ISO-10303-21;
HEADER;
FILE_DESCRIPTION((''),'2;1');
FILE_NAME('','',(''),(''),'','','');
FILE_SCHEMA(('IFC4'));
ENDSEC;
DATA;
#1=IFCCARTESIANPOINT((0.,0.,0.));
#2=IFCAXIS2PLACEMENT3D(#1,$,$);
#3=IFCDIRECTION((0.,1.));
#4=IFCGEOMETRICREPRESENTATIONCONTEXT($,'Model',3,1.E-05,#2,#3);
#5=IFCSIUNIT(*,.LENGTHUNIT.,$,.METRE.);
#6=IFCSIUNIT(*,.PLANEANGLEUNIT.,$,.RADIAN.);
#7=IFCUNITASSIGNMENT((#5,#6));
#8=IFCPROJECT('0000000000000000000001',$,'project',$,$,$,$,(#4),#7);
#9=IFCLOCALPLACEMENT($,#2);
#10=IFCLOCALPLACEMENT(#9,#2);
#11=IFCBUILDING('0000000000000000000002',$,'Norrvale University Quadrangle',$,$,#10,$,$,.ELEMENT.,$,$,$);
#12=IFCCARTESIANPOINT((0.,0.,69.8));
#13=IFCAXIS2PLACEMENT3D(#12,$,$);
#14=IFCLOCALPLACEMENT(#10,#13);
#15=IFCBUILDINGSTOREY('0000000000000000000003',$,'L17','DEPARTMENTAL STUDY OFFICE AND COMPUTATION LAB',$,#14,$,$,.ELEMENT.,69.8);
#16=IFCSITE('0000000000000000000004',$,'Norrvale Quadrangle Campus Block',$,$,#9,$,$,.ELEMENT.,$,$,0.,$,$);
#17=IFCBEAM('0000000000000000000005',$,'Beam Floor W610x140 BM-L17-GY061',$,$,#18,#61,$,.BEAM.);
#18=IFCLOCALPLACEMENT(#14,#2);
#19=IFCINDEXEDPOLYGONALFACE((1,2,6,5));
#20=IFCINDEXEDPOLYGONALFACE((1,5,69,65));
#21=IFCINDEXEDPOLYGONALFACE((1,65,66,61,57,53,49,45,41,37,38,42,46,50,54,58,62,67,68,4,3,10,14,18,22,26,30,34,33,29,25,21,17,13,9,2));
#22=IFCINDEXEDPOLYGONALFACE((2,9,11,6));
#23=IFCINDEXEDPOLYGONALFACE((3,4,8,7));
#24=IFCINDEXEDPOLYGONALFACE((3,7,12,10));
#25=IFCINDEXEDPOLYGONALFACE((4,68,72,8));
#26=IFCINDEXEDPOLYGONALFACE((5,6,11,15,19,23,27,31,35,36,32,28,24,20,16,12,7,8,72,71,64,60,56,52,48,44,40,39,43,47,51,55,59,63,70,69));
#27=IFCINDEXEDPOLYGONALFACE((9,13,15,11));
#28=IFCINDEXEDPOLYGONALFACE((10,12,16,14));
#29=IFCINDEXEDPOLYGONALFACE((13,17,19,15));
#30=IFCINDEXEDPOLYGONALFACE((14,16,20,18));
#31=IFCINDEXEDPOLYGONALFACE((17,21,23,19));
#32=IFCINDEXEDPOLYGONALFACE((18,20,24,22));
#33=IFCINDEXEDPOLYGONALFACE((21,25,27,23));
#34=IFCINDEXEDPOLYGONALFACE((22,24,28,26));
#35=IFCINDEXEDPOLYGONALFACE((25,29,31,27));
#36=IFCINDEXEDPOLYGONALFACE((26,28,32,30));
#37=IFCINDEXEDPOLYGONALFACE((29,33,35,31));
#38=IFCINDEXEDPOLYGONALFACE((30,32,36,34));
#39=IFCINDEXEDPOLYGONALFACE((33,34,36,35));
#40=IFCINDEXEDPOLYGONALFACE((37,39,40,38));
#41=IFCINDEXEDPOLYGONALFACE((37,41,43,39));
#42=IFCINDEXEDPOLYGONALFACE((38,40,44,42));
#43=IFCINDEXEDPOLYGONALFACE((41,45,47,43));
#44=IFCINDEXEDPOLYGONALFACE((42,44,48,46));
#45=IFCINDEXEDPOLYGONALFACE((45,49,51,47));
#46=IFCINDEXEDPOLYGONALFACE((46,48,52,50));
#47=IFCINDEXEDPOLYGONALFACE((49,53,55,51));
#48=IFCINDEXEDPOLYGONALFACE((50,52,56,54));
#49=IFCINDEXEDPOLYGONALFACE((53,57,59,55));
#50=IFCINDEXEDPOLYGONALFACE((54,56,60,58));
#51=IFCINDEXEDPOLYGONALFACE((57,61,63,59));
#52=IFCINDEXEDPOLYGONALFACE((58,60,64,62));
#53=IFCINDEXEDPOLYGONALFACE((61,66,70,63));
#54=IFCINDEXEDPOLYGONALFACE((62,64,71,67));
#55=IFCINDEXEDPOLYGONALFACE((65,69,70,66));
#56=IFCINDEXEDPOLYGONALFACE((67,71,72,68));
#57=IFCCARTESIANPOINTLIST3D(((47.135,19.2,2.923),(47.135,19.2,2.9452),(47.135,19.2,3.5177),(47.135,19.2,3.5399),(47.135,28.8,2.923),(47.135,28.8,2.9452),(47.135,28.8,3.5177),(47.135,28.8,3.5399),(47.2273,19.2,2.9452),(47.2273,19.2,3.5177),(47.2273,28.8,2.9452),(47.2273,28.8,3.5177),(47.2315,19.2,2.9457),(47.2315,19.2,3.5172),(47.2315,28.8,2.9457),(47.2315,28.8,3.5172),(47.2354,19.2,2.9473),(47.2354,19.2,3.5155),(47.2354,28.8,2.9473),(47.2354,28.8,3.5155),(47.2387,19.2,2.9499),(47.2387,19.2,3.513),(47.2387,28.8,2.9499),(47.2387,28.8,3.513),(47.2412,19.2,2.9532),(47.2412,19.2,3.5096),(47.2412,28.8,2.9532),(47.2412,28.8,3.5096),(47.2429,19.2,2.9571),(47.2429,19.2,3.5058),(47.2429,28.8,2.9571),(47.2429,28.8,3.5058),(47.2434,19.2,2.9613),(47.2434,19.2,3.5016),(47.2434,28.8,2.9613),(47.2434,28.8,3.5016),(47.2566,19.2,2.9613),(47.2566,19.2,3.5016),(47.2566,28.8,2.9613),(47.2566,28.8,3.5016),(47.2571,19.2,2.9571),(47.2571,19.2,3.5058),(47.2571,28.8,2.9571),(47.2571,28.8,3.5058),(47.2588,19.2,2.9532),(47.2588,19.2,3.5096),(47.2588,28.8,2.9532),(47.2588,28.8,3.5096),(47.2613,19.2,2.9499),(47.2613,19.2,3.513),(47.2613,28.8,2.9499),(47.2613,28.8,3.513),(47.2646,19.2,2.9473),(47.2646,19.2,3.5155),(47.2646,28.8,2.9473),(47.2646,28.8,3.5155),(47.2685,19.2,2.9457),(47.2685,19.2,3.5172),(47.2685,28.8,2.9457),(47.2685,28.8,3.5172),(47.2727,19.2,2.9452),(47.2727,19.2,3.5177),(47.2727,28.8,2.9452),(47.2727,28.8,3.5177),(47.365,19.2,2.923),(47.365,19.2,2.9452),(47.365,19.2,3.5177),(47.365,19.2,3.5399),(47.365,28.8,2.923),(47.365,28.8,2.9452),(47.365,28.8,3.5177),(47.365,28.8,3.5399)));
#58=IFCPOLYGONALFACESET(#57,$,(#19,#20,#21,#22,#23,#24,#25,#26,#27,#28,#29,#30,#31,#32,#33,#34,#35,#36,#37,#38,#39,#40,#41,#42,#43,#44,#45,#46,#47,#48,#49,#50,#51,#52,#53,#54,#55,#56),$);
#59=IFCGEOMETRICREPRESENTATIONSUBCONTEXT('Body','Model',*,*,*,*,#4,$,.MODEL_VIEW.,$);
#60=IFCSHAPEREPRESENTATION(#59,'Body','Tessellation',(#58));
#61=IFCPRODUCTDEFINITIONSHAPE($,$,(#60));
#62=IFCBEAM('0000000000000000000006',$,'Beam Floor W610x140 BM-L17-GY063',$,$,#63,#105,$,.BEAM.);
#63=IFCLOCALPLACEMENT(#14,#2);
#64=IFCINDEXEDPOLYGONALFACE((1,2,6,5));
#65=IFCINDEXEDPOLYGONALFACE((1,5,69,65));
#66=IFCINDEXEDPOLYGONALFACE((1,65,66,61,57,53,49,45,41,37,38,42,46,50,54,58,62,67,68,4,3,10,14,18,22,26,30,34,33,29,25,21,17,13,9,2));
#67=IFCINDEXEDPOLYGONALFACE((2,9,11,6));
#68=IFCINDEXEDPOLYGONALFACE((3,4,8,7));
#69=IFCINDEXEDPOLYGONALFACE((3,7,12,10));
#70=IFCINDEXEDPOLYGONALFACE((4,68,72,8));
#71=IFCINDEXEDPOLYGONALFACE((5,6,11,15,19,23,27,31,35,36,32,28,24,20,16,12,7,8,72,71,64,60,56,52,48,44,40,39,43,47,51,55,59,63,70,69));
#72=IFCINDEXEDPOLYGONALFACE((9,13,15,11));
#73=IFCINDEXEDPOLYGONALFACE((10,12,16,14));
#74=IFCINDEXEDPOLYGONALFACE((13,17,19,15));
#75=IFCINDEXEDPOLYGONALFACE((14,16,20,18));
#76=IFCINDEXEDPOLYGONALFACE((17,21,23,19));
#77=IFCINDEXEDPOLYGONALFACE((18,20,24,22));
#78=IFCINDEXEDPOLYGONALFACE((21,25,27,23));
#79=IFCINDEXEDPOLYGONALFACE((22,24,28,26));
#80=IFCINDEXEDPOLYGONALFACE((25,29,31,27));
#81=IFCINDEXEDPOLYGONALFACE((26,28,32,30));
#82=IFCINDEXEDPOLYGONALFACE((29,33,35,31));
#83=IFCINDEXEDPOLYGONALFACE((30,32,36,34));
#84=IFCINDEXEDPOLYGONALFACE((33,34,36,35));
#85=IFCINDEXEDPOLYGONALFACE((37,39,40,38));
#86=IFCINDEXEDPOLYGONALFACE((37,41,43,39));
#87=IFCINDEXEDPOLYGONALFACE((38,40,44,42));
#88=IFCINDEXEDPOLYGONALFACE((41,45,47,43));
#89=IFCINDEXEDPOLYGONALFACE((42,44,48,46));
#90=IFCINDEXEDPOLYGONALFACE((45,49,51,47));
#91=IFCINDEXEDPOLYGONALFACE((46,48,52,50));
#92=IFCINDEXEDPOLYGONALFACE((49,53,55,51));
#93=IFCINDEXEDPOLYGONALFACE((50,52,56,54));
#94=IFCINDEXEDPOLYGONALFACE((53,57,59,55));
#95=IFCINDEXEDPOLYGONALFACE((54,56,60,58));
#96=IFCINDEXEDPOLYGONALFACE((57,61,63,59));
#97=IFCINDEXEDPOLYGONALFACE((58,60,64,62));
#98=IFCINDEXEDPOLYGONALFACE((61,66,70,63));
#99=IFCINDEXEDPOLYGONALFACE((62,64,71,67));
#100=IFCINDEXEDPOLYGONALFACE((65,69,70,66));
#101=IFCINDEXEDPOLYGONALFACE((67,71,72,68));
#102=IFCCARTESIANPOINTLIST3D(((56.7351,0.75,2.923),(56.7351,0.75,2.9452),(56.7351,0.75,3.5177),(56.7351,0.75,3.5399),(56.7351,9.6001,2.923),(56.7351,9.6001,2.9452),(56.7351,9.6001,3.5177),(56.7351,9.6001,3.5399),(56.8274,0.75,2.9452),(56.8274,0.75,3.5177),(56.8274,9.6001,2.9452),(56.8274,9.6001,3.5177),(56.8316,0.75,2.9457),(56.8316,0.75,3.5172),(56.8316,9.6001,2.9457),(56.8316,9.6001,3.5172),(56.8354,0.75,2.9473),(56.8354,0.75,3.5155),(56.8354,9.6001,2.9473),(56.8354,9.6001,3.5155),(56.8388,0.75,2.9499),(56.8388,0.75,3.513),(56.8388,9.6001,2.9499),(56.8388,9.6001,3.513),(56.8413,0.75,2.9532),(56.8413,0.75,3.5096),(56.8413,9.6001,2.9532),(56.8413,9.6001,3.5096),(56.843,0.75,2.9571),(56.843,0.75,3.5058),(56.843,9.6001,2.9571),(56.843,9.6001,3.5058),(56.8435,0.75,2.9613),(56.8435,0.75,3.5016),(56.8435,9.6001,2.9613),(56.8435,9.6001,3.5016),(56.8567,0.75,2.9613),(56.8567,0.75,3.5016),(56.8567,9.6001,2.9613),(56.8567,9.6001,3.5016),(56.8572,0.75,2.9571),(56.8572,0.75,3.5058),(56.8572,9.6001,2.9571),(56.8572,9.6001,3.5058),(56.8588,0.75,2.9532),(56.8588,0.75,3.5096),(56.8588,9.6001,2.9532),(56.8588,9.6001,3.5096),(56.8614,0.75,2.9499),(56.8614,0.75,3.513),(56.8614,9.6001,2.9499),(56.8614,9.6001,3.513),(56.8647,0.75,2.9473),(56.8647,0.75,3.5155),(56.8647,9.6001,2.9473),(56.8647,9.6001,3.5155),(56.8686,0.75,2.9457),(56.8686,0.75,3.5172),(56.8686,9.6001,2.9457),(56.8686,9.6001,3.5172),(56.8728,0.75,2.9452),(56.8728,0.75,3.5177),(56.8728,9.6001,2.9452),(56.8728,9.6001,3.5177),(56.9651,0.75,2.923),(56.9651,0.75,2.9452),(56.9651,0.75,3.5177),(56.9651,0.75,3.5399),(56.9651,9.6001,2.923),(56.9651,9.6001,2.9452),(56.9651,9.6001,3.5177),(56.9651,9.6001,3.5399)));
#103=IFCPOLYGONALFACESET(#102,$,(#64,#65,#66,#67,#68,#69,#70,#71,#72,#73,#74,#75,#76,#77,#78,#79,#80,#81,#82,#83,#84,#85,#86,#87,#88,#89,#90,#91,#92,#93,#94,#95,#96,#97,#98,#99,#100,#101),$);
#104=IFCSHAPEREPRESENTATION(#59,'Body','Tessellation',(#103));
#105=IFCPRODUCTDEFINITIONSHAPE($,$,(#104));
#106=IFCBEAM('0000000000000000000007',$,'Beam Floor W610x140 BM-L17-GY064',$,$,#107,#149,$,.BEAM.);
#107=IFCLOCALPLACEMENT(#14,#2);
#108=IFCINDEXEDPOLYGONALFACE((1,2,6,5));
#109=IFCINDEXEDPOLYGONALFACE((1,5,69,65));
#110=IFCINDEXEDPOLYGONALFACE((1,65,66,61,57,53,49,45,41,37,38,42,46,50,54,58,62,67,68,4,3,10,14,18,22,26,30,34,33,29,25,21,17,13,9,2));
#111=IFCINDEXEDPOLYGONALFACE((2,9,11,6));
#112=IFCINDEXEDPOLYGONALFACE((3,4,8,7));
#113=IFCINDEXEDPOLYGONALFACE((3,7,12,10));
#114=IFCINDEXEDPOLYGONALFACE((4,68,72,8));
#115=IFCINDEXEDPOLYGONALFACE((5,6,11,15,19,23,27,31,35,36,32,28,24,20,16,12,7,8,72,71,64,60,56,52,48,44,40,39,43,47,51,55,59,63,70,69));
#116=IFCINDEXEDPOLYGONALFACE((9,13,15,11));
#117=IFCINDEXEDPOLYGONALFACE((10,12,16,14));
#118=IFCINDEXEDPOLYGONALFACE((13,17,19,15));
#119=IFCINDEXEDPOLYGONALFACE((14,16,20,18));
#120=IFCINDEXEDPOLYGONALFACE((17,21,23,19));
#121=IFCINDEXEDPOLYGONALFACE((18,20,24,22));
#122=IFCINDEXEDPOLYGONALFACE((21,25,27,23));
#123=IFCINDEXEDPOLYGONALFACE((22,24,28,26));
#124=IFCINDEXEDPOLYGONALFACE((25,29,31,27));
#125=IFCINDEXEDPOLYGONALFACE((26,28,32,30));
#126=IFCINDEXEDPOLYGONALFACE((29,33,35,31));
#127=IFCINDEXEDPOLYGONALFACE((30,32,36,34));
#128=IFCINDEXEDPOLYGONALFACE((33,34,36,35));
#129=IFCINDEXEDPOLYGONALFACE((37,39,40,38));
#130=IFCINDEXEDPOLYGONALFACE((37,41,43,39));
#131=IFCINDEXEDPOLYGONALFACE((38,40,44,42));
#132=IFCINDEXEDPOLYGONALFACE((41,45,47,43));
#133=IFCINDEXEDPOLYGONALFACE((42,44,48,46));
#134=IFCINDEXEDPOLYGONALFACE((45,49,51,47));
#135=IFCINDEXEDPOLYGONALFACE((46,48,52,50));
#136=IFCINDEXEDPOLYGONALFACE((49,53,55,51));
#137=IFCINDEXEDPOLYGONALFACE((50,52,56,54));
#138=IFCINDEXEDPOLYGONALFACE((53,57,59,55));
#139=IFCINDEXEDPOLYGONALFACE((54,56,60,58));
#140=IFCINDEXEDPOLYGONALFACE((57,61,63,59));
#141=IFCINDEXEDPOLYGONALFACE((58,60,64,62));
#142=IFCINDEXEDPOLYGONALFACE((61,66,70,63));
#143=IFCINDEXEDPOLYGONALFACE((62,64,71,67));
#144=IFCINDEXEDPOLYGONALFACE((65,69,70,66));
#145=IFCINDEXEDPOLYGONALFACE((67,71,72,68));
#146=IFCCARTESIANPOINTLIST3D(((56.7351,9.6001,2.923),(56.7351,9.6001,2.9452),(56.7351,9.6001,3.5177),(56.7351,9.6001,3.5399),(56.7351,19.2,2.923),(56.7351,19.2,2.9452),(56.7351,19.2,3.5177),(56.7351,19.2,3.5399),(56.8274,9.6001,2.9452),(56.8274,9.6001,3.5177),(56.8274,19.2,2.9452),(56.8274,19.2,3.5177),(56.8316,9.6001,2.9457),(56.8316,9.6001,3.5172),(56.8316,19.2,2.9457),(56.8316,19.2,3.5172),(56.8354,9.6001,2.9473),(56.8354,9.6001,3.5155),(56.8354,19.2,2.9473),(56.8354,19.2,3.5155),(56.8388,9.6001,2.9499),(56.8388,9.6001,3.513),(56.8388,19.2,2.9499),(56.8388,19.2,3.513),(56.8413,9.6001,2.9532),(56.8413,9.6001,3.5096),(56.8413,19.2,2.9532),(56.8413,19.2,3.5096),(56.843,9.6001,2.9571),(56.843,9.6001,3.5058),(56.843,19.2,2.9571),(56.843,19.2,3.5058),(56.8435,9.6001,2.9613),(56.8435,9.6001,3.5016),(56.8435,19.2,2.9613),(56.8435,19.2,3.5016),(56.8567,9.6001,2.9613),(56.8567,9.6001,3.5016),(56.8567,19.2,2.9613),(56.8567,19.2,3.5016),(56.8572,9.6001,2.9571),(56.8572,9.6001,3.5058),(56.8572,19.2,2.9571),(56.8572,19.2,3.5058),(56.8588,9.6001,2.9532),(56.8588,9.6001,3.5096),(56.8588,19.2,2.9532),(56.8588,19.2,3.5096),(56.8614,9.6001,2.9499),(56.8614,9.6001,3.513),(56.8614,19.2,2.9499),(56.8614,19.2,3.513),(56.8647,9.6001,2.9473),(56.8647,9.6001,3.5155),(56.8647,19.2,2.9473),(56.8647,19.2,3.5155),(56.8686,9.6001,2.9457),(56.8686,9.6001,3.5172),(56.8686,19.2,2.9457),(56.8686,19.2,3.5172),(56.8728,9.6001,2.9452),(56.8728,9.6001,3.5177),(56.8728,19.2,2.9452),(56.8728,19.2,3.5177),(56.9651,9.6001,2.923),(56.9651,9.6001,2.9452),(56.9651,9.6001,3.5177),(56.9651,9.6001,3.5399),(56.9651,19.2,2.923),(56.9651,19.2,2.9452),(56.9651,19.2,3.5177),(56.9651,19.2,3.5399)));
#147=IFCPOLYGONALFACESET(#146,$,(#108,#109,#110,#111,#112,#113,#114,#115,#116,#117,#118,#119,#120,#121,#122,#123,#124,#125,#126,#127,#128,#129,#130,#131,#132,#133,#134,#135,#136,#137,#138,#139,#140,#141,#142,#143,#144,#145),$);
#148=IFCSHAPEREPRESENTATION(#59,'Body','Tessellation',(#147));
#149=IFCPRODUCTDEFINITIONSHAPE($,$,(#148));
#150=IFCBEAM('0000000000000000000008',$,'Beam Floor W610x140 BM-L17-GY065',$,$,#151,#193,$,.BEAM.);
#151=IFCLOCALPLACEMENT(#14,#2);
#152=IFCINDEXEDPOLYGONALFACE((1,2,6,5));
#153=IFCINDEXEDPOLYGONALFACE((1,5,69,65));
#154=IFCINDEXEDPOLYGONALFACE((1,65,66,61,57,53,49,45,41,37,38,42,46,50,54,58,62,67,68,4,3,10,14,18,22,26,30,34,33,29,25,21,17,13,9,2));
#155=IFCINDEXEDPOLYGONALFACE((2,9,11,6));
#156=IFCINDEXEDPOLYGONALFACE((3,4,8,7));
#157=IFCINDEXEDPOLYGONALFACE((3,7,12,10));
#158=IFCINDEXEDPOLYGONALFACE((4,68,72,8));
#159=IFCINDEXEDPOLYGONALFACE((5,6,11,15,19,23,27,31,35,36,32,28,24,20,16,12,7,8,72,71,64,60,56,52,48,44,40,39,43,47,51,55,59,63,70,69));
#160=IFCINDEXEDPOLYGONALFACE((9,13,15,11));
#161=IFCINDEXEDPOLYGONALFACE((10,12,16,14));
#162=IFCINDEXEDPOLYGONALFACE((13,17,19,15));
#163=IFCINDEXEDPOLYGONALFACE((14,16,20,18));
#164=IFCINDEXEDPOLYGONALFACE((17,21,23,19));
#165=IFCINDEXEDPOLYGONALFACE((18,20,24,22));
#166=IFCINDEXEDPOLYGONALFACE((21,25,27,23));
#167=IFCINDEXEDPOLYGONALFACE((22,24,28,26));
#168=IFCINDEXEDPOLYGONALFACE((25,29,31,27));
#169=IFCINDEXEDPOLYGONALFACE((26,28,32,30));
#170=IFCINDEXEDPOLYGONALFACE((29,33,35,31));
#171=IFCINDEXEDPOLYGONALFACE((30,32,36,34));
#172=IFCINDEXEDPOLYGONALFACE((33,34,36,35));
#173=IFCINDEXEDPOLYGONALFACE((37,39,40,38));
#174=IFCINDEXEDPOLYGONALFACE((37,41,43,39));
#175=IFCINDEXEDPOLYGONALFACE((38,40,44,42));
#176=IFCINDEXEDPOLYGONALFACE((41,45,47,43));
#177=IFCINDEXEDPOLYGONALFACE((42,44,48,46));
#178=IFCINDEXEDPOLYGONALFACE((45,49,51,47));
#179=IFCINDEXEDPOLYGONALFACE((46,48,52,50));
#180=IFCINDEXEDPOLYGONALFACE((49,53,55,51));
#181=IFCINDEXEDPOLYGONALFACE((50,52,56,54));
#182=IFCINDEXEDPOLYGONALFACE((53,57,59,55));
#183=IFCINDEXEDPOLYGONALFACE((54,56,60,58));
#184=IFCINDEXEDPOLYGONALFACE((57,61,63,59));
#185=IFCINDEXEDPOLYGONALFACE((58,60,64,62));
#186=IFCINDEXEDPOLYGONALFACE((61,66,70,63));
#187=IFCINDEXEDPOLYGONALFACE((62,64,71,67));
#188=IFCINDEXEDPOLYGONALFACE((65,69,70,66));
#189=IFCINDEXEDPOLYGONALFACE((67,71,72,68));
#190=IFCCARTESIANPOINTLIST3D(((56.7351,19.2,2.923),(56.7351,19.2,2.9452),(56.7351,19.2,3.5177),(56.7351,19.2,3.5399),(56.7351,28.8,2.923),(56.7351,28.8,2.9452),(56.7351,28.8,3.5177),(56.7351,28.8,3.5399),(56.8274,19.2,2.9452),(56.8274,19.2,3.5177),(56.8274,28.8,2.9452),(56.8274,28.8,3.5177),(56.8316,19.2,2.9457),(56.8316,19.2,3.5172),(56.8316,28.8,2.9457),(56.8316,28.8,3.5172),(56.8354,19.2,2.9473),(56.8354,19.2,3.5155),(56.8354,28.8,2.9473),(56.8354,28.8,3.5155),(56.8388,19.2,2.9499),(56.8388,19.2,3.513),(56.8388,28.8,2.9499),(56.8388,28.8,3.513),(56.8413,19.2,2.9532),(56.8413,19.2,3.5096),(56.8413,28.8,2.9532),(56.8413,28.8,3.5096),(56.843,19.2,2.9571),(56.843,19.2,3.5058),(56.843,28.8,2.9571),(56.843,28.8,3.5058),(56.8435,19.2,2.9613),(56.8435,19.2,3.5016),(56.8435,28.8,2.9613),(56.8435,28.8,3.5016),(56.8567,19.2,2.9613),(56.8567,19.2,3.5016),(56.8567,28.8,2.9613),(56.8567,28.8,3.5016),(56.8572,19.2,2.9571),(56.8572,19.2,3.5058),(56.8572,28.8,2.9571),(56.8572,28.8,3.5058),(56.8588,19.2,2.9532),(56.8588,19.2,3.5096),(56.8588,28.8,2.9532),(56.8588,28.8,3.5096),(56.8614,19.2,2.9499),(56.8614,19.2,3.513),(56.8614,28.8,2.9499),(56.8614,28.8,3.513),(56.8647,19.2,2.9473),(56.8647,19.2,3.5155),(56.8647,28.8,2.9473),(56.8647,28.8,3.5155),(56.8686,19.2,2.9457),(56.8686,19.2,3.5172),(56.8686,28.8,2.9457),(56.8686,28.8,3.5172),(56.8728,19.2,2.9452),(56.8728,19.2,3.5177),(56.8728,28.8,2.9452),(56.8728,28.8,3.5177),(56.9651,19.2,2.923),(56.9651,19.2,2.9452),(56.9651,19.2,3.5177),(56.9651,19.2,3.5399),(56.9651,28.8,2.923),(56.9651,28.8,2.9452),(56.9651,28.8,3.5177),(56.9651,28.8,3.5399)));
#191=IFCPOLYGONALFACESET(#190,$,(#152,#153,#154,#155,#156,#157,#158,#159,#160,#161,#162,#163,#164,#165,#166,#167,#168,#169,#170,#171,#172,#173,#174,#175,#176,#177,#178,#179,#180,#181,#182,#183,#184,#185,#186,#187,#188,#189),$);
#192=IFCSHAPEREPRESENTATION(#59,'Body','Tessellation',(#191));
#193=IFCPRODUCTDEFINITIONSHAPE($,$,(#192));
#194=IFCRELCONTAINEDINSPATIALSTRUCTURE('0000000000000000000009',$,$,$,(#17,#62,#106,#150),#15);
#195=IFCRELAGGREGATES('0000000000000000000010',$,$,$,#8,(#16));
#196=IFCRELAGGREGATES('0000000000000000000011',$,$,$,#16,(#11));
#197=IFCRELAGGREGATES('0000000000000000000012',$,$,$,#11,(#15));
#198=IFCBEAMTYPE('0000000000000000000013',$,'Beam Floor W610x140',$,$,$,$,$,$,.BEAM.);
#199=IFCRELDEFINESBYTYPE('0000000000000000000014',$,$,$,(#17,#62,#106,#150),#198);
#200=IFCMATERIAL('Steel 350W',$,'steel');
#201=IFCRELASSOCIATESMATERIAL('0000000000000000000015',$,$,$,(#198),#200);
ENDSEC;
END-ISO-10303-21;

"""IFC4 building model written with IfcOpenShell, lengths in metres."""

from ifc_helpers import new_model, si_unit, direction, frame, origin, origin_2d, place, context, subcontext, project, spatial, i_section, extrude, material, material_profile, profile_set, type_object, element, save


model = new_model("IFC4")

# Units and contexts
model_context = context("Model", 3, precision=1e-05, world=origin(), true_north=direction((0.0, 1.0)))
body_context = subcontext(model_context, "Body", "Model", "MODEL_VIEW")
ifc_project = project(units=[si_unit("LENGTHUNIT", "METRE"), si_unit("PLANEANGLEUNIT", "RADIAN")], contexts=[model_context])

# Site, building, storey
site_placement = place(None, origin())
site = spatial("IfcSite", under=ifc_project, at=site_placement, Name="Norrvale Quadrangle Campus Block", CompositionType="ELEMENT", RefElevation=0.0)
building_placement = place(site_placement, origin())
building = spatial("IfcBuilding", under=site, at=building_placement, Name="Norrvale University Quadrangle", CompositionType="ELEMENT")
storey_placement = place(building_placement, frame((0.0, 0.0, 69.8)))
storey = spatial("IfcBuildingStorey", under=building, at=storey_placement, Name="L17", Description="DEPARTMENTAL STUDY OFFICE AND COMPUTATION LAB", CompositionType="ELEMENT", Elevation=69.8)

# Beams
ifc_material_1 = material(Name="Steel 350W", Category="steel")
ifc_material_profile_1 = material_profile(ifc_material_1, i_section(OverallWidth=0.23, OverallDepth=0.6169, WebThickness=0.0132, FlangeThickness=0.0222, FilletRadius=0.0161, at=origin_2d()), Name="Steel 350W")
ifc_profile_set_1 = profile_set([ifc_material_profile_1], Name="Steel 350W")
beam_type_1 = type_object("IfcBeamType", Name="Beam Floor W610x140", PredefinedType="BEAM", material=ifc_profile_set_1)
beam_1_placement = place(storey_placement, frame((47.25, 19.2, 3.2314), z_axis=(0.0, 1.0, 0.0), x_axis=(-1.0, 0.0, 0.0)))
element("IfcBeam", 1, at=beam_1_placement, inside=storey, type_object=beam_type_1, Name="Beam Floor W610x140 BM-L17-GY061", PredefinedType="BEAM", context=body_context, shape_type="SweptSolid", body=[
    extrude(i_section(OverallWidth=0.23, OverallDepth=0.6169, WebThickness=0.0132, FlangeThickness=0.0222, FilletRadius=0.0161, at=origin_2d()), origin(), (0.0, 0.0, 1.0), 9.6001),
])
beam_2_placement = place(storey_placement, frame((56.8501, 0.75, 3.2314), z_axis=(0.0, 1.0, 0.0), x_axis=(-1.0, 0.0, 0.0)))
element("IfcBeam", 2, at=beam_2_placement, inside=storey, type_object=beam_type_1, Name="Beam Floor W610x140 BM-L17-GY063", PredefinedType="BEAM", context=body_context, shape_type="SweptSolid", body=[
    extrude(i_section(OverallWidth=0.23, OverallDepth=0.6169, WebThickness=0.0132, FlangeThickness=0.0222, FilletRadius=0.0161, at=origin_2d()), origin(), (0.0, 0.0, 1.0), 8.8501),
])
beam_3_placement = place(storey_placement, frame((56.8501, 9.6001, 3.2314), z_axis=(0.0, 1.0, 0.0), x_axis=(-1.0, 0.0, 0.0)))
element("IfcBeam", 3, at=beam_3_placement, inside=storey, type_object=beam_type_1, Name="Beam Floor W610x140 BM-L17-GY064", PredefinedType="BEAM", context=body_context, shape_type="SweptSolid", body=[
    extrude(i_section(OverallWidth=0.23, OverallDepth=0.6169, WebThickness=0.0132, FlangeThickness=0.0222, FilletRadius=0.0161, at=origin_2d()), origin(), (0.0, 0.0, 1.0), 9.5999),
])
beam_4_placement = place(storey_placement, frame((56.8501, 19.2, 3.2314), z_axis=(0.0, 1.0, 0.0), x_axis=(-1.0, 0.0, 0.0)))
element("IfcBeam", 4, at=beam_4_placement, inside=storey, type_object=beam_type_1, Name="Beam Floor W610x140 BM-L17-GY065", PredefinedType="BEAM", context=body_context, shape_type="SweptSolid", body=[
    extrude(i_section(OverallWidth=0.23, OverallDepth=0.6169, WebThickness=0.0132, FlangeThickness=0.0222, FilletRadius=0.0161, at=origin_2d()), origin(), (0.0, 0.0, 1.0), 9.6001),
])

save(model, "model.ifc")
